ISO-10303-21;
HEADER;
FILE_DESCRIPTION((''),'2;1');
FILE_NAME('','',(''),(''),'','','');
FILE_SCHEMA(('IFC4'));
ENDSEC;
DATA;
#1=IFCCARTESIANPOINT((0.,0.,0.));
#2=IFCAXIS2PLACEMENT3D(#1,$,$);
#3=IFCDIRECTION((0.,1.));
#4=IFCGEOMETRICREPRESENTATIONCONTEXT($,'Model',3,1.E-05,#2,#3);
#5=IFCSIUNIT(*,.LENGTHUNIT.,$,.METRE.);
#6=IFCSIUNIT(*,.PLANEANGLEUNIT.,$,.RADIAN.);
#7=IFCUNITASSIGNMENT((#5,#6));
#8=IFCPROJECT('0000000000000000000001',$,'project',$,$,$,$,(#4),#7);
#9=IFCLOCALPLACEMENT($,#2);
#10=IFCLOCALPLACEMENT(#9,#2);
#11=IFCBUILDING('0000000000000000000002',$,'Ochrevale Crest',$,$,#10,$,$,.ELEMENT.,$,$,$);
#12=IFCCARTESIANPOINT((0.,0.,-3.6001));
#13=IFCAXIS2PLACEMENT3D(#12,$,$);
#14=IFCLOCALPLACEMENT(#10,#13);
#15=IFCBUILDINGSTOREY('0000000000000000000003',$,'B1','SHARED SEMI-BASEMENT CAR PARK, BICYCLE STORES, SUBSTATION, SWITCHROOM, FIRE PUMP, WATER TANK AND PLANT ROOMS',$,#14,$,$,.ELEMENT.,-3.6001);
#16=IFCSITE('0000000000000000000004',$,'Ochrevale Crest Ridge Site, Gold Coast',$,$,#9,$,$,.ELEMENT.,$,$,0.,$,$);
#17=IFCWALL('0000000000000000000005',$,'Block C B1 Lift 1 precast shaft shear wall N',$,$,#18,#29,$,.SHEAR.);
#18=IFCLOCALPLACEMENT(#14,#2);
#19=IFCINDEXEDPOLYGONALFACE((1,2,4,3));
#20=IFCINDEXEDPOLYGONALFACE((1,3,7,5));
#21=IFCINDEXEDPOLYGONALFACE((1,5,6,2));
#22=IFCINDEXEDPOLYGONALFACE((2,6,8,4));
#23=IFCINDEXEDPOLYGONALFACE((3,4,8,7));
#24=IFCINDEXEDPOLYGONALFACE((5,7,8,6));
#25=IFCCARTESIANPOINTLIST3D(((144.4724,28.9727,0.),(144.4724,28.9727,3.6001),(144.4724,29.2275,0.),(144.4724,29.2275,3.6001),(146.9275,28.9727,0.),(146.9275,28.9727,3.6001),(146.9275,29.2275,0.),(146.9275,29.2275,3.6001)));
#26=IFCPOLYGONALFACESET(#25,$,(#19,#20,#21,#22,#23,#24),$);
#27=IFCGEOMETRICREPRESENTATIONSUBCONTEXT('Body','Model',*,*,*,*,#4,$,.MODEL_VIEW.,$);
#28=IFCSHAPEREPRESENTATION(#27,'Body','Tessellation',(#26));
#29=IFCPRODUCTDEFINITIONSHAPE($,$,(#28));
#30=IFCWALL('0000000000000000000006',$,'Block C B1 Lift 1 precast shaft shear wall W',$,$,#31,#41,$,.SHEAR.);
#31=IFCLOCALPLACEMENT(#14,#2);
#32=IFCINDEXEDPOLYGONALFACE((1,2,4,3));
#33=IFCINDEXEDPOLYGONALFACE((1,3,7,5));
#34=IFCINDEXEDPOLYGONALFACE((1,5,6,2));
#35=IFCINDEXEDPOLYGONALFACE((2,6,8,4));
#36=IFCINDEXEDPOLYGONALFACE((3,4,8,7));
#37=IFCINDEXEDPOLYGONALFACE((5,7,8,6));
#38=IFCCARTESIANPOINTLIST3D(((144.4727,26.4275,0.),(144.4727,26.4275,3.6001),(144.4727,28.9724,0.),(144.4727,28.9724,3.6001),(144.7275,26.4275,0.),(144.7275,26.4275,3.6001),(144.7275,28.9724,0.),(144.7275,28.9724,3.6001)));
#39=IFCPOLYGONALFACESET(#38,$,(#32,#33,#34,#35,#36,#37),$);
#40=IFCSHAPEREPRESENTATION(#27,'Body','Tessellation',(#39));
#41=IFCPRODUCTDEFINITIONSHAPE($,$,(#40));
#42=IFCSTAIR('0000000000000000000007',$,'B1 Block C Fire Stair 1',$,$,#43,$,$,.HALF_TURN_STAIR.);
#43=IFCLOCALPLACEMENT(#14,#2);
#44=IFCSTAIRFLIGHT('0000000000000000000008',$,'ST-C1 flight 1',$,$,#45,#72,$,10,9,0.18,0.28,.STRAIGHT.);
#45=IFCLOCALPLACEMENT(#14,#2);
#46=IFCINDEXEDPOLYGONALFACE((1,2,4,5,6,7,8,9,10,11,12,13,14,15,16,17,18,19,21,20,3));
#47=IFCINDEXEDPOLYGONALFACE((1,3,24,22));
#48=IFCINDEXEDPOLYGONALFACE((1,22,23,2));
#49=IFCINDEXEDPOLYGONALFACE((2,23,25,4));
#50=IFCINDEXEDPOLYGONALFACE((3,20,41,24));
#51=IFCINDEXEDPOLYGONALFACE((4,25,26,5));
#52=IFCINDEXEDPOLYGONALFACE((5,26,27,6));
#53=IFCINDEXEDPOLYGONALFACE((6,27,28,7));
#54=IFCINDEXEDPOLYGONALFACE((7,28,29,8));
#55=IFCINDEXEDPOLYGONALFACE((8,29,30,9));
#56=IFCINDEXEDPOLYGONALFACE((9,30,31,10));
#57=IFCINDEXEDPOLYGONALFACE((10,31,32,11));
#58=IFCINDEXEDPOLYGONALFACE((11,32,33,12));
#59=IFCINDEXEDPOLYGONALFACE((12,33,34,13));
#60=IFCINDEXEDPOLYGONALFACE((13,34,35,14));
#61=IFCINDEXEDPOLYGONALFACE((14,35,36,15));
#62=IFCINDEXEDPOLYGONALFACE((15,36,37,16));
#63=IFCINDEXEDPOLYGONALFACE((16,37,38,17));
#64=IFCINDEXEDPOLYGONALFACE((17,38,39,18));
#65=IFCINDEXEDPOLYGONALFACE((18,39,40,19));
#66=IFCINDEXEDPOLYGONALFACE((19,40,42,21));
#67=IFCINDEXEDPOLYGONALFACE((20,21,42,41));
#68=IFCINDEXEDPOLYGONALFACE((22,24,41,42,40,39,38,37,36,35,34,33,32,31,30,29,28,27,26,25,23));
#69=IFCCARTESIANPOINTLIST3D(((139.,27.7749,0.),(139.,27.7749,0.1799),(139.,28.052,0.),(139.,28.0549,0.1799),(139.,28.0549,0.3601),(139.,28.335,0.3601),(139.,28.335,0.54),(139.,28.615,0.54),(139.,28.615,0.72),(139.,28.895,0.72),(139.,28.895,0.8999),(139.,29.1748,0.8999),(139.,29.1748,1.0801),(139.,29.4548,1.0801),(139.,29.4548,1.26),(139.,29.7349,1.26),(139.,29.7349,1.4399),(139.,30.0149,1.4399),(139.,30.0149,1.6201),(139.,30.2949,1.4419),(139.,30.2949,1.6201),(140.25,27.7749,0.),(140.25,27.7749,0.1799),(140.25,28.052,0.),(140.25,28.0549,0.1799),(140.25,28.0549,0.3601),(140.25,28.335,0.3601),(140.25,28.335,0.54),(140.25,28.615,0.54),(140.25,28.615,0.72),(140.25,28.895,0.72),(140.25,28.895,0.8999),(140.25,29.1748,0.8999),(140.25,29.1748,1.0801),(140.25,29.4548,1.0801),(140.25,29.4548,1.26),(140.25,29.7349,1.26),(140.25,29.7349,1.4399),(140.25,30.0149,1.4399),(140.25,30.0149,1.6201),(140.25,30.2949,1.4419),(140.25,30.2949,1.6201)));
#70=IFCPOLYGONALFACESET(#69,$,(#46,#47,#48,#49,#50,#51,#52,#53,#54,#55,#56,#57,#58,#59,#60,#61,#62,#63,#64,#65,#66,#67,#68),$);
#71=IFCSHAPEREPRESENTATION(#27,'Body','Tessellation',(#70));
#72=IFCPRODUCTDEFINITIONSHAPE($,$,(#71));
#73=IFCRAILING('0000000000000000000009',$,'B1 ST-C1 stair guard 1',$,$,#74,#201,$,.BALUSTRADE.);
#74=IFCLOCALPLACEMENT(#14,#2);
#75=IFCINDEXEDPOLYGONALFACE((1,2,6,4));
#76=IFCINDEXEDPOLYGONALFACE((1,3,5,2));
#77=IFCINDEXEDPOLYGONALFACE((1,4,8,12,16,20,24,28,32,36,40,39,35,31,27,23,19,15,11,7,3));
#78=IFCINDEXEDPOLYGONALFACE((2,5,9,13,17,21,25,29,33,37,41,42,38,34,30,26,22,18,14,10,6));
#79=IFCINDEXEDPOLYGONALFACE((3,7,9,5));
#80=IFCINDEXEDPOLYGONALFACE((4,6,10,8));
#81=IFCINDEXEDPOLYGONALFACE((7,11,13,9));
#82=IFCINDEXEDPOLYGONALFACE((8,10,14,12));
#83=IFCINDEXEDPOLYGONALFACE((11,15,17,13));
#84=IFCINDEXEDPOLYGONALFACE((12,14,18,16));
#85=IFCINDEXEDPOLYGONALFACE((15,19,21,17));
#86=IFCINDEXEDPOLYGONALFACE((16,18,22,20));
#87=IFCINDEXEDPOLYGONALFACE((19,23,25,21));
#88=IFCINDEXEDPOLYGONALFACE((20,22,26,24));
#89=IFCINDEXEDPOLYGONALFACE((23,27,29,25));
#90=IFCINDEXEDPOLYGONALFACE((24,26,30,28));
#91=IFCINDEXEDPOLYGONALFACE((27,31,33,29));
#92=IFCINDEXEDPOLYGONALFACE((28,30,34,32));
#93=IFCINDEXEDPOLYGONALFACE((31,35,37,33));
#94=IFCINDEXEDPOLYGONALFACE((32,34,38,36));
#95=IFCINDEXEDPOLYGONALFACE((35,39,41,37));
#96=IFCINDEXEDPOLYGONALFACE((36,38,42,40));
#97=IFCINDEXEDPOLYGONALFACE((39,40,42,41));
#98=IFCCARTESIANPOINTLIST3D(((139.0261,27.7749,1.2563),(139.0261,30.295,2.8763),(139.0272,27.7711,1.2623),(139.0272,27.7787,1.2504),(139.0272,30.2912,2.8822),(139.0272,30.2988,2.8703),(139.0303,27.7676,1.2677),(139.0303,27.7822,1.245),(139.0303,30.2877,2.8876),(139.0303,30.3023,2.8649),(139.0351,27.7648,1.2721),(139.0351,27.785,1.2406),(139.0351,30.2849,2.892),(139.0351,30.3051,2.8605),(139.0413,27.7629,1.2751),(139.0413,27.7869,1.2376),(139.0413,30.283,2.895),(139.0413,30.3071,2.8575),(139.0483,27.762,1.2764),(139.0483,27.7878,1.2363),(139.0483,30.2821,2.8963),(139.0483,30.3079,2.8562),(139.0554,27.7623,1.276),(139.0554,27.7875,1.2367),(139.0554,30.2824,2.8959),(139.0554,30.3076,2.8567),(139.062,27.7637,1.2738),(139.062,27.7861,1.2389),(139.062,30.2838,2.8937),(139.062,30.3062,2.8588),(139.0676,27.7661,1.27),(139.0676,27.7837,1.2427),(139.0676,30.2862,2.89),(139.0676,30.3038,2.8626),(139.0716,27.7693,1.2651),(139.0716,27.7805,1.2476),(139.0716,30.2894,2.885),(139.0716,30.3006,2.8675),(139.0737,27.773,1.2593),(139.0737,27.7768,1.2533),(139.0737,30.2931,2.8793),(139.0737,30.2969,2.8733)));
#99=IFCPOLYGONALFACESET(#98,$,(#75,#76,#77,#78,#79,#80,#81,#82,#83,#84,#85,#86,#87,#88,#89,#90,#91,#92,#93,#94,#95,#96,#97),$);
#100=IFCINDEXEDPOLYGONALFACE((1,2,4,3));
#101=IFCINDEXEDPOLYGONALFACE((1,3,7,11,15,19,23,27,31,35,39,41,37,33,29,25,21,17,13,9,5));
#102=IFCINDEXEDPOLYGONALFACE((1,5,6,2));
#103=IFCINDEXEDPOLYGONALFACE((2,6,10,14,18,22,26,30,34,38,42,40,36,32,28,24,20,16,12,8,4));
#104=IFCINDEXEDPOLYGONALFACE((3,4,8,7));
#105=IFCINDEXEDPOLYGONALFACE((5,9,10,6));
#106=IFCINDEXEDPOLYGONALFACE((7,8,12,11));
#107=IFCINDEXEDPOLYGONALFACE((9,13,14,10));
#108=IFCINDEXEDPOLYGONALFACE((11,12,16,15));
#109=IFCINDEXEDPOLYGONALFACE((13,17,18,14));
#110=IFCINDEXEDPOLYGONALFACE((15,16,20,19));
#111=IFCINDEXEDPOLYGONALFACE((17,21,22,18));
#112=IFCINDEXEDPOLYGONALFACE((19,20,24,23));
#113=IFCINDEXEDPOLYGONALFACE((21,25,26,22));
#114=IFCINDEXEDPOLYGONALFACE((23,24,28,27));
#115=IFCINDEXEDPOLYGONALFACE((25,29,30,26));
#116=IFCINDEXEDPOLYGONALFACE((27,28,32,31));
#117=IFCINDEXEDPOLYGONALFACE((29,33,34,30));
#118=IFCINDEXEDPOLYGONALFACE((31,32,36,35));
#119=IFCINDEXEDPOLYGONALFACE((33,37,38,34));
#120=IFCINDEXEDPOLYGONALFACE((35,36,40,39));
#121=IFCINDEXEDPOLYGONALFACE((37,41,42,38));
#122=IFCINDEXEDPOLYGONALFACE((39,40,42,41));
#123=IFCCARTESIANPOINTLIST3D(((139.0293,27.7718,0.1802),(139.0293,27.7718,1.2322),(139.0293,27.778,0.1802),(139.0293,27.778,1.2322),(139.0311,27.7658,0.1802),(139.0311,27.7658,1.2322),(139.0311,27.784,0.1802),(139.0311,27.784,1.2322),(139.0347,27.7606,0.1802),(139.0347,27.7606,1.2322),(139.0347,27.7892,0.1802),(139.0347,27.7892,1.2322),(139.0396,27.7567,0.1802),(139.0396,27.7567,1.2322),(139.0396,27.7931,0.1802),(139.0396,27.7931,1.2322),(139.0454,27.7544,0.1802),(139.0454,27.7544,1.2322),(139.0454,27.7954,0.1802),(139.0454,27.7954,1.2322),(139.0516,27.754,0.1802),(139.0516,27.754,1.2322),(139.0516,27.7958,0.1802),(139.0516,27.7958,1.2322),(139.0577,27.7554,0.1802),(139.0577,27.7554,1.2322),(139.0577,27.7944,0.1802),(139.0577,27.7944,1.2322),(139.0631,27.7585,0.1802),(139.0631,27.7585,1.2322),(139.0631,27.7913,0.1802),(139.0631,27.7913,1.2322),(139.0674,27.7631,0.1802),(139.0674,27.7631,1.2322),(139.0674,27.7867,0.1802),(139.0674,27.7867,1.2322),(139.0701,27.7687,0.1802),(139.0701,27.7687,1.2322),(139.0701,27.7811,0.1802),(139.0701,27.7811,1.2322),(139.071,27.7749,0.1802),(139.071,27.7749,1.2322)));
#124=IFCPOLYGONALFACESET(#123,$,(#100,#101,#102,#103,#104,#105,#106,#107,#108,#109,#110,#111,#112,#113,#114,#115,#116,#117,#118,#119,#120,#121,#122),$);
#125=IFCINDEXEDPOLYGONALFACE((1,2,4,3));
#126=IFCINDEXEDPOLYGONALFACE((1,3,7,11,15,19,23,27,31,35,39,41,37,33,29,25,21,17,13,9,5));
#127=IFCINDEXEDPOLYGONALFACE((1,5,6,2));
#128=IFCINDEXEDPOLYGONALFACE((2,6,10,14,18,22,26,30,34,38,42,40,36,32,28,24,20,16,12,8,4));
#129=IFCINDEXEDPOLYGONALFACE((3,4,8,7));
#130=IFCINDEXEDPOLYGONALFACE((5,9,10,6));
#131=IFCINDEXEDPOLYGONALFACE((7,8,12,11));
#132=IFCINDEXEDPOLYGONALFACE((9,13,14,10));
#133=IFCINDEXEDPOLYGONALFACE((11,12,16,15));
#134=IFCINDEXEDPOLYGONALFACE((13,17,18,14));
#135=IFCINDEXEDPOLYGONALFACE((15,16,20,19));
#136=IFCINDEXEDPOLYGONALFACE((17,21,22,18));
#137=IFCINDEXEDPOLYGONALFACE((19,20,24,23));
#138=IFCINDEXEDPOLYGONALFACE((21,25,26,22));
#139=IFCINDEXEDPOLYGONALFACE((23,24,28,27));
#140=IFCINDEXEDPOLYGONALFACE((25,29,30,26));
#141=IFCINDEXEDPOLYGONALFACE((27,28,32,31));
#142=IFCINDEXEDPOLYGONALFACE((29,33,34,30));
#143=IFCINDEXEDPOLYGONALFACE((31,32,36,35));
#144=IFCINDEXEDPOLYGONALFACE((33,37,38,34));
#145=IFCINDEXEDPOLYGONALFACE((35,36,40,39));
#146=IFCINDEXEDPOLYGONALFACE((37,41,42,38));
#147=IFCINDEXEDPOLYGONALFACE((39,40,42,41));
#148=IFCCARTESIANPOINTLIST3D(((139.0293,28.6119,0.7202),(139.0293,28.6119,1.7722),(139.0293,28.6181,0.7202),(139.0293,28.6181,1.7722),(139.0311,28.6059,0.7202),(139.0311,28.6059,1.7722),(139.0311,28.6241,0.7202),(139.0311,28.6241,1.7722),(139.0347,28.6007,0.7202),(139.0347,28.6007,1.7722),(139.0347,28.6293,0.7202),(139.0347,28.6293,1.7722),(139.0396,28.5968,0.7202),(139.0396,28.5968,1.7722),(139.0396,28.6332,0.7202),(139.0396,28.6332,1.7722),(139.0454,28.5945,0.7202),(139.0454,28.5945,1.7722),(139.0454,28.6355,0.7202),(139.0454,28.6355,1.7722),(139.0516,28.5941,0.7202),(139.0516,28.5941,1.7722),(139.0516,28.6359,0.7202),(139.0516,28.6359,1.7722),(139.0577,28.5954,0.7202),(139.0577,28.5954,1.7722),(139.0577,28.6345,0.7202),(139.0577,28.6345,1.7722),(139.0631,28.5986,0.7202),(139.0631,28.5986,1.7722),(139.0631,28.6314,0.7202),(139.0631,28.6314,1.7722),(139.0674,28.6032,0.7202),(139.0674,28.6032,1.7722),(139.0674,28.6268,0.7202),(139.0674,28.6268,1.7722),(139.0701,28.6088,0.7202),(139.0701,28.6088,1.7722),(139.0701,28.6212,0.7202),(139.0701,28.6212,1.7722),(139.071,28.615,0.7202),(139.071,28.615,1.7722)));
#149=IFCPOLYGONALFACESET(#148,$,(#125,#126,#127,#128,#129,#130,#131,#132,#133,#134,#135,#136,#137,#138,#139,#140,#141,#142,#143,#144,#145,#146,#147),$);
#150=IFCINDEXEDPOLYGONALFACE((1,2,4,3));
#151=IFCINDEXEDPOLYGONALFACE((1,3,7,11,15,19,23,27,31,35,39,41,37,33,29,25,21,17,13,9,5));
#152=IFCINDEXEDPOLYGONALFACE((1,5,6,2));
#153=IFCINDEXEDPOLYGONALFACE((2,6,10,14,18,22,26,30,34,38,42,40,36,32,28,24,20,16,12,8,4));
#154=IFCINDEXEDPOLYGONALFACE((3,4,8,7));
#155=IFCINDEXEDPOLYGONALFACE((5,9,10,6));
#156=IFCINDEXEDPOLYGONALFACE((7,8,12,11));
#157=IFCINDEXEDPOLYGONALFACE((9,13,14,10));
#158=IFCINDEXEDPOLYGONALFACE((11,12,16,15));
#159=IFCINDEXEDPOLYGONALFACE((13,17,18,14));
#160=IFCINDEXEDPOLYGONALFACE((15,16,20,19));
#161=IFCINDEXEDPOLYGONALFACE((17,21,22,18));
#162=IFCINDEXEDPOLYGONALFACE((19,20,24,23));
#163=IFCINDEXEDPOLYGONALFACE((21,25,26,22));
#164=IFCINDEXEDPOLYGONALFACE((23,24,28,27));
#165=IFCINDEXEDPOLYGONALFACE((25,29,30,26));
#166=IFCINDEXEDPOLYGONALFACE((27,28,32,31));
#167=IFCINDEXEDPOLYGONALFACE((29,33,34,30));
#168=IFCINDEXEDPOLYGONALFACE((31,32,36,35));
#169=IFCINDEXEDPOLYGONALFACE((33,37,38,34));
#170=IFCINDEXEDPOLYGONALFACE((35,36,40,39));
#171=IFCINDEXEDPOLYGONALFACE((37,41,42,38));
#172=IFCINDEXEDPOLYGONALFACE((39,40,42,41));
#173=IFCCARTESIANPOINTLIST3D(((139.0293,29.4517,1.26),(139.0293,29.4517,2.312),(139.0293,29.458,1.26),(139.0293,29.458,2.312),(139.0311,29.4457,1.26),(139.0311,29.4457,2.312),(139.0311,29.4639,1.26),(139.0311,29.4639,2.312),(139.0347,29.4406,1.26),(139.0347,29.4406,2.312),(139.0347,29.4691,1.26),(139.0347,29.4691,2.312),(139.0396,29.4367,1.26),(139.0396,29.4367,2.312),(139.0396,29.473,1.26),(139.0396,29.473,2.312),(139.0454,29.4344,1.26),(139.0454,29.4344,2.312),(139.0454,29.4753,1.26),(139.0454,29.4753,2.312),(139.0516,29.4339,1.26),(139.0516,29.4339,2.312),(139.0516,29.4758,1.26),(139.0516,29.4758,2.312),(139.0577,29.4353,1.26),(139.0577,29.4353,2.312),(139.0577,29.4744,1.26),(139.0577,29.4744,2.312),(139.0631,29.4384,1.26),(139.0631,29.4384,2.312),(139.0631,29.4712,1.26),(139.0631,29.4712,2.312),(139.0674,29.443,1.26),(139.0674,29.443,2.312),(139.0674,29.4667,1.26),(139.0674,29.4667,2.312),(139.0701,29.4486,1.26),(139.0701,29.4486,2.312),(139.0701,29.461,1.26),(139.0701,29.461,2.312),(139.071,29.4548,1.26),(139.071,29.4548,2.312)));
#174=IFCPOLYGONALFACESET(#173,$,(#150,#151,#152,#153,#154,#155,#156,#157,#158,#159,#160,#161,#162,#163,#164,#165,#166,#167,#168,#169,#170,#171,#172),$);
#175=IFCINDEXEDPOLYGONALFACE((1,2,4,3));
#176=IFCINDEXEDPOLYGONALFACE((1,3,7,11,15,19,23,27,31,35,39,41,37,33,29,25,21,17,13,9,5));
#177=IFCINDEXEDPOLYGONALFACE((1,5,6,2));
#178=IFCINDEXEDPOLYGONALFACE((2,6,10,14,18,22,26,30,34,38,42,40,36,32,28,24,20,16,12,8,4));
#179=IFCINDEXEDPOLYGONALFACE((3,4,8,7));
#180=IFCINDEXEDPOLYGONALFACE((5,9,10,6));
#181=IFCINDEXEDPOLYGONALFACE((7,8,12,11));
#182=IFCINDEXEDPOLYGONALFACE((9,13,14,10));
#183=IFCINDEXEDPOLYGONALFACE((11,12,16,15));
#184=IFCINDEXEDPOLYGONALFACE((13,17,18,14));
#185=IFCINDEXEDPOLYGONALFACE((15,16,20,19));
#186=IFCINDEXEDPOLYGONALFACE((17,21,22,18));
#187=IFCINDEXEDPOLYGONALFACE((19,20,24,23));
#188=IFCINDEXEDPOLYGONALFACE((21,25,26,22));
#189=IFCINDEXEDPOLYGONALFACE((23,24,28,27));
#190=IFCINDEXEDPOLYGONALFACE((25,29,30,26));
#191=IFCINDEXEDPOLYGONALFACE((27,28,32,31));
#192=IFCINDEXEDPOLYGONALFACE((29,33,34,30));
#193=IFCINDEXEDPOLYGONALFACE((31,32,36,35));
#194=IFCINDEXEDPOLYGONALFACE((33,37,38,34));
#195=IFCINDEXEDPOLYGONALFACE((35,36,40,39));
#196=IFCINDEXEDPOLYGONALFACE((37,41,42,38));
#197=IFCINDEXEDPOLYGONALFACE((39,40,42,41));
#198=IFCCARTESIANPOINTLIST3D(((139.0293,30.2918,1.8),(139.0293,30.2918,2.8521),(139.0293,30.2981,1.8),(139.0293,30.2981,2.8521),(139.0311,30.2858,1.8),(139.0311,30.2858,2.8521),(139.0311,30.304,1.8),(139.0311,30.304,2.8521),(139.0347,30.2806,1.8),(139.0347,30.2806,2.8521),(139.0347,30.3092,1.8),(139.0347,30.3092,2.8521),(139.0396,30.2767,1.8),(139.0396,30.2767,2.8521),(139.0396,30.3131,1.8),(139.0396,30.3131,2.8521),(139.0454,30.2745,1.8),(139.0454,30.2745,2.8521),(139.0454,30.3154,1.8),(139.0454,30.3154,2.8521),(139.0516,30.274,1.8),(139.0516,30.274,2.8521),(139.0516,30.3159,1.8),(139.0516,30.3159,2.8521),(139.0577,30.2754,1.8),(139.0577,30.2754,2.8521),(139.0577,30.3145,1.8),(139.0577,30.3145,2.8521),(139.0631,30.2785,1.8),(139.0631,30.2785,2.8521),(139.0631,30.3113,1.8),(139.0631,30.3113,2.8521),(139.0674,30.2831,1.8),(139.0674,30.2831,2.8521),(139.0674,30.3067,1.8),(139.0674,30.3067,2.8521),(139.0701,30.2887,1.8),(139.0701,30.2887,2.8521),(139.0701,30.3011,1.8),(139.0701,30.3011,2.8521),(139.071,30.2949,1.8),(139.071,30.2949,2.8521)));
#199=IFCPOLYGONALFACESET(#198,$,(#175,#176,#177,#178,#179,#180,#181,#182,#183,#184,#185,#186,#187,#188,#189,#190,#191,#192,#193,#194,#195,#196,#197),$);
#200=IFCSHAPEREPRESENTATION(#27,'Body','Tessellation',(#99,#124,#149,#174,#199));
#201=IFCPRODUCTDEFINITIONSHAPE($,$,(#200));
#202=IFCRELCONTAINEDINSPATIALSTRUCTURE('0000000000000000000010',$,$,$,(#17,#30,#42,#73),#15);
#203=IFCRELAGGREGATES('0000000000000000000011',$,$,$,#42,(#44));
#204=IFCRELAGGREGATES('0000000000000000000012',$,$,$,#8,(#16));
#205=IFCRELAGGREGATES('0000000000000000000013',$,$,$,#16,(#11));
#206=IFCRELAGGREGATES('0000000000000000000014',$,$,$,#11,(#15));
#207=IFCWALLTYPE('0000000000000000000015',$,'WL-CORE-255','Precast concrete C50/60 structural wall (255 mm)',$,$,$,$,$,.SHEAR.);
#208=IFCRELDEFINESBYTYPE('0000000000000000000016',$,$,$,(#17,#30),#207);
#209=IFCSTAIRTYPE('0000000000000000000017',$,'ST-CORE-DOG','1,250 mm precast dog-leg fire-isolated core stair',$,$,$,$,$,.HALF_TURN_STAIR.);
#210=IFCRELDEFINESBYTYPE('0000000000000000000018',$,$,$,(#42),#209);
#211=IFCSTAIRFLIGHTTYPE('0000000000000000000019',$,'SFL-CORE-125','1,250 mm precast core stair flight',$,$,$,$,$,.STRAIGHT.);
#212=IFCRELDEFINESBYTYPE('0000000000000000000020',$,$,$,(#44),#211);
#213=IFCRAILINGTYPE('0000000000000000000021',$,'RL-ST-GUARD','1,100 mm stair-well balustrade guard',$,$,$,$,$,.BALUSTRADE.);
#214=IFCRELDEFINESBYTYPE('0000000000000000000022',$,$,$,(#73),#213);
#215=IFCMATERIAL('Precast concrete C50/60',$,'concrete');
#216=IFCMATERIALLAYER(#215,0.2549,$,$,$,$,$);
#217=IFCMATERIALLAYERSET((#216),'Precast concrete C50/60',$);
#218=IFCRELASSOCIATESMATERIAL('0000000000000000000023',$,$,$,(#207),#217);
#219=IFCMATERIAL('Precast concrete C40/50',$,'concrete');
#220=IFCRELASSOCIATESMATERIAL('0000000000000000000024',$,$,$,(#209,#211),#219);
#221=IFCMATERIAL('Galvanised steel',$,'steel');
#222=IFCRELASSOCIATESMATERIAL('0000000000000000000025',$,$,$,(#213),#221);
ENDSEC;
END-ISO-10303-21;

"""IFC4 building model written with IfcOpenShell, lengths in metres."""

from ifc_helpers import new_model, si_unit, direction, frame, frame_2d, origin, origin_2d, place, context, subcontext, project, spatial, polyline, rectangle, circle, outline, extrude, material, layer, layer_set, type_object, element, aggregate, save


model = new_model("IFC4")

# Units and contexts
model_context = context("Model", 3, precision=1e-05, world=origin(), true_north=direction((0.0, 1.0)))
body_context = subcontext(model_context, "Body", "Model", "MODEL_VIEW")
ifc_project = project(units=[si_unit("LENGTHUNIT", "METRE"), si_unit("PLANEANGLEUNIT", "RADIAN")], contexts=[model_context])

# Site, building, storey
site_placement = place(None, origin())
site = spatial("IfcSite", under=ifc_project, at=site_placement, Name="Ochrevale Crest Ridge Site, Gold Coast", CompositionType="ELEMENT", RefElevation=0.0)
building_placement = place(site_placement, origin())
building = spatial("IfcBuilding", under=site, at=building_placement, Name="Ochrevale Crest", CompositionType="ELEMENT")
storey_placement = place(building_placement, frame((0.0, 0.0, -3.6001)))
storey = spatial("IfcBuildingStorey", under=building, at=storey_placement, Name="B1", Description="SHARED SEMI-BASEMENT CAR PARK, BICYCLE STORES, SUBSTATION, SWITCHROOM, FIRE PUMP, WATER TANK AND PLANT ROOMS", CompositionType="ELEMENT", Elevation=-3.6001)

# Shared definitions
ifc_material_1 = material(Name="Precast concrete C50/60", Category="concrete")
ifc_layer = layer(ifc_material_1, 0.2549)
ifc_layer_set = layer_set([ifc_layer], Name="Precast concrete C50/60")
wall_type = type_object("IfcWallType", Name="WL-CORE-255", Description="Precast concrete C50/60 structural wall (255 mm)", PredefinedType="SHEAR", material=ifc_layer_set)

# Walls
wall_1_placement = place(storey_placement, frame((144.4724, 29.1001, 0.0), z_axis=(0.0, 0.0, 1.0), x_axis=(1.0, 0.0, 0.0)))
element("IfcWall", 1, at=wall_1_placement, inside=storey, type_object=wall_type, Name="Block C B1 Lift 1 precast shaft shear wall N", PredefinedType="SHEAR", context=body_context, shape_type="SweptSolid", body=[
    extrude(rectangle(XDim=2.4551, YDim=0.2549, at=frame_2d((1.2275, 0.0))), origin(), (0.0, 0.0, 1.0), 3.6001),
])
wall_2_placement = place(storey_placement, frame((144.6001, 26.4275, 0.0), z_axis=(0.0, 0.0, 1.0), x_axis=(0.0, 1.0, 0.0)))
element("IfcWall", 2, at=wall_2_placement, inside=storey, type_object=wall_type, Name="Block C B1 Lift 1 precast shaft shear wall W", PredefinedType="SHEAR", context=body_context, shape_type="SweptSolid", body=[
    extrude(rectangle(XDim=2.5449, YDim=0.2549, at=frame_2d((1.2725, 0.0))), origin(), (0.0, 0.0, 1.0), 3.6001),
])

# Stair, stair flight
ifc_material_2 = material(Name="Precast concrete C40/50", Category="concrete")
stair_type = type_object("IfcStairType", Name="ST-CORE-DOG", Description="1,250 mm precast dog-leg fire-isolated core stair", PredefinedType="HALF_TURN_STAIR", material=ifc_material_2)
stair_placement = place(storey_placement, origin())
stair = element("IfcStair", 3, at=stair_placement, inside=storey, type_object=stair_type, Name="B1 Block C Fire Stair 1", PredefinedType="HALF_TURN_STAIR")
stair_flight_type = type_object("IfcStairFlightType", Name="SFL-CORE-125", Description="1,250 mm precast core stair flight", PredefinedType="STRAIGHT", material=ifc_material_2)
stair_flight_placement = place(storey_placement, frame((139.625, 27.7749, 0.0), z_axis=(0.0, 0.0, 1.0), x_axis=(0.0, 1.0, 0.0)))
stair_flight = element("IfcStairFlight", 4, at=stair_flight_placement, type_object=stair_flight_type, Name="ST-C1 flight 1", NumberOfRisers=10, NumberOfTreads=9, PredefinedType="STRAIGHT", RiserHeight=0.18, TreadLength=0.28, context=body_context, shape_type="SweptSolid", body=[
    extrude(outline(polyline([(0.0, 0.0), (0.0, 0.1799), (0.28, 0.1799), (0.28, 0.3601), (0.5601, 0.3601), (0.5601, 0.54), (0.8401, 0.54), (0.8401, 0.72), (1.1201, 0.72), (1.1201, 0.8999), (1.3999, 0.8999), (1.3999, 1.0801), (1.6799, 1.0801), (1.6799, 1.26), (1.96, 1.26), (1.96, 1.4399), (2.24, 1.4399), (2.24, 1.6201), (2.52, 1.6201), (2.52, 1.8), (2.52, 1.4419), (0.2771, 0.0), (0.0, 0.0)])), frame((0.0, 0.625, 0.0), z_axis=(0.0, -1.0, 0.0), x_axis=(1.0, 0.0, 0.0)), (0.0, 0.0, 1.0), 1.25),
])
aggregate(stair, [stair_flight])

# Railing
ifc_material_3 = material(Name="Galvanised steel", Category="steel")
railing_type_1 = type_object("IfcRailingType", Name="RL-ST-GUARD", Description="1,100 mm stair-well balustrade guard", PredefinedType="BALUSTRADE", material=ifc_material_3)
railing_1_placement = place(storey_placement, frame((139.05, 27.7749, 0.1802)))
element("IfcRailing", 5, at=railing_1_placement, inside=storey, type_object=railing_type_1, Name="B1 ST-C1 stair guard 1", PredefinedType="BALUSTRADE", context=body_context, shape_type="SweptSolid", body=[
    extrude(circle(Radius=0.0239, at=origin_2d()), frame((0.0, 0.0, 1.0762), z_axis=(0.0, 0.8412, 0.540725), x_axis=(-1.0, 0.0, 0.0)), (0.0, 0.0, 1.0), 2.9958),
    extrude(circle(Radius=0.021, at=origin_2d()), origin(), (0.0, 0.0, 1.0), 1.052),
    extrude(circle(Radius=0.021, at=origin_2d()), frame((0.0, 0.8401, 0.54)), (0.0, 0.0, 1.0), 1.052),
    extrude(circle(Radius=0.021, at=origin_2d()), frame((0.0, 1.6799, 1.0798)), (0.0, 0.0, 1.0), 1.052),
    extrude(circle(Radius=0.021, at=origin_2d()), frame((0.0, 2.52, 1.6199)), (0.0, 0.0, 1.0), 1.052),
])

save(model, "model.ifc")
